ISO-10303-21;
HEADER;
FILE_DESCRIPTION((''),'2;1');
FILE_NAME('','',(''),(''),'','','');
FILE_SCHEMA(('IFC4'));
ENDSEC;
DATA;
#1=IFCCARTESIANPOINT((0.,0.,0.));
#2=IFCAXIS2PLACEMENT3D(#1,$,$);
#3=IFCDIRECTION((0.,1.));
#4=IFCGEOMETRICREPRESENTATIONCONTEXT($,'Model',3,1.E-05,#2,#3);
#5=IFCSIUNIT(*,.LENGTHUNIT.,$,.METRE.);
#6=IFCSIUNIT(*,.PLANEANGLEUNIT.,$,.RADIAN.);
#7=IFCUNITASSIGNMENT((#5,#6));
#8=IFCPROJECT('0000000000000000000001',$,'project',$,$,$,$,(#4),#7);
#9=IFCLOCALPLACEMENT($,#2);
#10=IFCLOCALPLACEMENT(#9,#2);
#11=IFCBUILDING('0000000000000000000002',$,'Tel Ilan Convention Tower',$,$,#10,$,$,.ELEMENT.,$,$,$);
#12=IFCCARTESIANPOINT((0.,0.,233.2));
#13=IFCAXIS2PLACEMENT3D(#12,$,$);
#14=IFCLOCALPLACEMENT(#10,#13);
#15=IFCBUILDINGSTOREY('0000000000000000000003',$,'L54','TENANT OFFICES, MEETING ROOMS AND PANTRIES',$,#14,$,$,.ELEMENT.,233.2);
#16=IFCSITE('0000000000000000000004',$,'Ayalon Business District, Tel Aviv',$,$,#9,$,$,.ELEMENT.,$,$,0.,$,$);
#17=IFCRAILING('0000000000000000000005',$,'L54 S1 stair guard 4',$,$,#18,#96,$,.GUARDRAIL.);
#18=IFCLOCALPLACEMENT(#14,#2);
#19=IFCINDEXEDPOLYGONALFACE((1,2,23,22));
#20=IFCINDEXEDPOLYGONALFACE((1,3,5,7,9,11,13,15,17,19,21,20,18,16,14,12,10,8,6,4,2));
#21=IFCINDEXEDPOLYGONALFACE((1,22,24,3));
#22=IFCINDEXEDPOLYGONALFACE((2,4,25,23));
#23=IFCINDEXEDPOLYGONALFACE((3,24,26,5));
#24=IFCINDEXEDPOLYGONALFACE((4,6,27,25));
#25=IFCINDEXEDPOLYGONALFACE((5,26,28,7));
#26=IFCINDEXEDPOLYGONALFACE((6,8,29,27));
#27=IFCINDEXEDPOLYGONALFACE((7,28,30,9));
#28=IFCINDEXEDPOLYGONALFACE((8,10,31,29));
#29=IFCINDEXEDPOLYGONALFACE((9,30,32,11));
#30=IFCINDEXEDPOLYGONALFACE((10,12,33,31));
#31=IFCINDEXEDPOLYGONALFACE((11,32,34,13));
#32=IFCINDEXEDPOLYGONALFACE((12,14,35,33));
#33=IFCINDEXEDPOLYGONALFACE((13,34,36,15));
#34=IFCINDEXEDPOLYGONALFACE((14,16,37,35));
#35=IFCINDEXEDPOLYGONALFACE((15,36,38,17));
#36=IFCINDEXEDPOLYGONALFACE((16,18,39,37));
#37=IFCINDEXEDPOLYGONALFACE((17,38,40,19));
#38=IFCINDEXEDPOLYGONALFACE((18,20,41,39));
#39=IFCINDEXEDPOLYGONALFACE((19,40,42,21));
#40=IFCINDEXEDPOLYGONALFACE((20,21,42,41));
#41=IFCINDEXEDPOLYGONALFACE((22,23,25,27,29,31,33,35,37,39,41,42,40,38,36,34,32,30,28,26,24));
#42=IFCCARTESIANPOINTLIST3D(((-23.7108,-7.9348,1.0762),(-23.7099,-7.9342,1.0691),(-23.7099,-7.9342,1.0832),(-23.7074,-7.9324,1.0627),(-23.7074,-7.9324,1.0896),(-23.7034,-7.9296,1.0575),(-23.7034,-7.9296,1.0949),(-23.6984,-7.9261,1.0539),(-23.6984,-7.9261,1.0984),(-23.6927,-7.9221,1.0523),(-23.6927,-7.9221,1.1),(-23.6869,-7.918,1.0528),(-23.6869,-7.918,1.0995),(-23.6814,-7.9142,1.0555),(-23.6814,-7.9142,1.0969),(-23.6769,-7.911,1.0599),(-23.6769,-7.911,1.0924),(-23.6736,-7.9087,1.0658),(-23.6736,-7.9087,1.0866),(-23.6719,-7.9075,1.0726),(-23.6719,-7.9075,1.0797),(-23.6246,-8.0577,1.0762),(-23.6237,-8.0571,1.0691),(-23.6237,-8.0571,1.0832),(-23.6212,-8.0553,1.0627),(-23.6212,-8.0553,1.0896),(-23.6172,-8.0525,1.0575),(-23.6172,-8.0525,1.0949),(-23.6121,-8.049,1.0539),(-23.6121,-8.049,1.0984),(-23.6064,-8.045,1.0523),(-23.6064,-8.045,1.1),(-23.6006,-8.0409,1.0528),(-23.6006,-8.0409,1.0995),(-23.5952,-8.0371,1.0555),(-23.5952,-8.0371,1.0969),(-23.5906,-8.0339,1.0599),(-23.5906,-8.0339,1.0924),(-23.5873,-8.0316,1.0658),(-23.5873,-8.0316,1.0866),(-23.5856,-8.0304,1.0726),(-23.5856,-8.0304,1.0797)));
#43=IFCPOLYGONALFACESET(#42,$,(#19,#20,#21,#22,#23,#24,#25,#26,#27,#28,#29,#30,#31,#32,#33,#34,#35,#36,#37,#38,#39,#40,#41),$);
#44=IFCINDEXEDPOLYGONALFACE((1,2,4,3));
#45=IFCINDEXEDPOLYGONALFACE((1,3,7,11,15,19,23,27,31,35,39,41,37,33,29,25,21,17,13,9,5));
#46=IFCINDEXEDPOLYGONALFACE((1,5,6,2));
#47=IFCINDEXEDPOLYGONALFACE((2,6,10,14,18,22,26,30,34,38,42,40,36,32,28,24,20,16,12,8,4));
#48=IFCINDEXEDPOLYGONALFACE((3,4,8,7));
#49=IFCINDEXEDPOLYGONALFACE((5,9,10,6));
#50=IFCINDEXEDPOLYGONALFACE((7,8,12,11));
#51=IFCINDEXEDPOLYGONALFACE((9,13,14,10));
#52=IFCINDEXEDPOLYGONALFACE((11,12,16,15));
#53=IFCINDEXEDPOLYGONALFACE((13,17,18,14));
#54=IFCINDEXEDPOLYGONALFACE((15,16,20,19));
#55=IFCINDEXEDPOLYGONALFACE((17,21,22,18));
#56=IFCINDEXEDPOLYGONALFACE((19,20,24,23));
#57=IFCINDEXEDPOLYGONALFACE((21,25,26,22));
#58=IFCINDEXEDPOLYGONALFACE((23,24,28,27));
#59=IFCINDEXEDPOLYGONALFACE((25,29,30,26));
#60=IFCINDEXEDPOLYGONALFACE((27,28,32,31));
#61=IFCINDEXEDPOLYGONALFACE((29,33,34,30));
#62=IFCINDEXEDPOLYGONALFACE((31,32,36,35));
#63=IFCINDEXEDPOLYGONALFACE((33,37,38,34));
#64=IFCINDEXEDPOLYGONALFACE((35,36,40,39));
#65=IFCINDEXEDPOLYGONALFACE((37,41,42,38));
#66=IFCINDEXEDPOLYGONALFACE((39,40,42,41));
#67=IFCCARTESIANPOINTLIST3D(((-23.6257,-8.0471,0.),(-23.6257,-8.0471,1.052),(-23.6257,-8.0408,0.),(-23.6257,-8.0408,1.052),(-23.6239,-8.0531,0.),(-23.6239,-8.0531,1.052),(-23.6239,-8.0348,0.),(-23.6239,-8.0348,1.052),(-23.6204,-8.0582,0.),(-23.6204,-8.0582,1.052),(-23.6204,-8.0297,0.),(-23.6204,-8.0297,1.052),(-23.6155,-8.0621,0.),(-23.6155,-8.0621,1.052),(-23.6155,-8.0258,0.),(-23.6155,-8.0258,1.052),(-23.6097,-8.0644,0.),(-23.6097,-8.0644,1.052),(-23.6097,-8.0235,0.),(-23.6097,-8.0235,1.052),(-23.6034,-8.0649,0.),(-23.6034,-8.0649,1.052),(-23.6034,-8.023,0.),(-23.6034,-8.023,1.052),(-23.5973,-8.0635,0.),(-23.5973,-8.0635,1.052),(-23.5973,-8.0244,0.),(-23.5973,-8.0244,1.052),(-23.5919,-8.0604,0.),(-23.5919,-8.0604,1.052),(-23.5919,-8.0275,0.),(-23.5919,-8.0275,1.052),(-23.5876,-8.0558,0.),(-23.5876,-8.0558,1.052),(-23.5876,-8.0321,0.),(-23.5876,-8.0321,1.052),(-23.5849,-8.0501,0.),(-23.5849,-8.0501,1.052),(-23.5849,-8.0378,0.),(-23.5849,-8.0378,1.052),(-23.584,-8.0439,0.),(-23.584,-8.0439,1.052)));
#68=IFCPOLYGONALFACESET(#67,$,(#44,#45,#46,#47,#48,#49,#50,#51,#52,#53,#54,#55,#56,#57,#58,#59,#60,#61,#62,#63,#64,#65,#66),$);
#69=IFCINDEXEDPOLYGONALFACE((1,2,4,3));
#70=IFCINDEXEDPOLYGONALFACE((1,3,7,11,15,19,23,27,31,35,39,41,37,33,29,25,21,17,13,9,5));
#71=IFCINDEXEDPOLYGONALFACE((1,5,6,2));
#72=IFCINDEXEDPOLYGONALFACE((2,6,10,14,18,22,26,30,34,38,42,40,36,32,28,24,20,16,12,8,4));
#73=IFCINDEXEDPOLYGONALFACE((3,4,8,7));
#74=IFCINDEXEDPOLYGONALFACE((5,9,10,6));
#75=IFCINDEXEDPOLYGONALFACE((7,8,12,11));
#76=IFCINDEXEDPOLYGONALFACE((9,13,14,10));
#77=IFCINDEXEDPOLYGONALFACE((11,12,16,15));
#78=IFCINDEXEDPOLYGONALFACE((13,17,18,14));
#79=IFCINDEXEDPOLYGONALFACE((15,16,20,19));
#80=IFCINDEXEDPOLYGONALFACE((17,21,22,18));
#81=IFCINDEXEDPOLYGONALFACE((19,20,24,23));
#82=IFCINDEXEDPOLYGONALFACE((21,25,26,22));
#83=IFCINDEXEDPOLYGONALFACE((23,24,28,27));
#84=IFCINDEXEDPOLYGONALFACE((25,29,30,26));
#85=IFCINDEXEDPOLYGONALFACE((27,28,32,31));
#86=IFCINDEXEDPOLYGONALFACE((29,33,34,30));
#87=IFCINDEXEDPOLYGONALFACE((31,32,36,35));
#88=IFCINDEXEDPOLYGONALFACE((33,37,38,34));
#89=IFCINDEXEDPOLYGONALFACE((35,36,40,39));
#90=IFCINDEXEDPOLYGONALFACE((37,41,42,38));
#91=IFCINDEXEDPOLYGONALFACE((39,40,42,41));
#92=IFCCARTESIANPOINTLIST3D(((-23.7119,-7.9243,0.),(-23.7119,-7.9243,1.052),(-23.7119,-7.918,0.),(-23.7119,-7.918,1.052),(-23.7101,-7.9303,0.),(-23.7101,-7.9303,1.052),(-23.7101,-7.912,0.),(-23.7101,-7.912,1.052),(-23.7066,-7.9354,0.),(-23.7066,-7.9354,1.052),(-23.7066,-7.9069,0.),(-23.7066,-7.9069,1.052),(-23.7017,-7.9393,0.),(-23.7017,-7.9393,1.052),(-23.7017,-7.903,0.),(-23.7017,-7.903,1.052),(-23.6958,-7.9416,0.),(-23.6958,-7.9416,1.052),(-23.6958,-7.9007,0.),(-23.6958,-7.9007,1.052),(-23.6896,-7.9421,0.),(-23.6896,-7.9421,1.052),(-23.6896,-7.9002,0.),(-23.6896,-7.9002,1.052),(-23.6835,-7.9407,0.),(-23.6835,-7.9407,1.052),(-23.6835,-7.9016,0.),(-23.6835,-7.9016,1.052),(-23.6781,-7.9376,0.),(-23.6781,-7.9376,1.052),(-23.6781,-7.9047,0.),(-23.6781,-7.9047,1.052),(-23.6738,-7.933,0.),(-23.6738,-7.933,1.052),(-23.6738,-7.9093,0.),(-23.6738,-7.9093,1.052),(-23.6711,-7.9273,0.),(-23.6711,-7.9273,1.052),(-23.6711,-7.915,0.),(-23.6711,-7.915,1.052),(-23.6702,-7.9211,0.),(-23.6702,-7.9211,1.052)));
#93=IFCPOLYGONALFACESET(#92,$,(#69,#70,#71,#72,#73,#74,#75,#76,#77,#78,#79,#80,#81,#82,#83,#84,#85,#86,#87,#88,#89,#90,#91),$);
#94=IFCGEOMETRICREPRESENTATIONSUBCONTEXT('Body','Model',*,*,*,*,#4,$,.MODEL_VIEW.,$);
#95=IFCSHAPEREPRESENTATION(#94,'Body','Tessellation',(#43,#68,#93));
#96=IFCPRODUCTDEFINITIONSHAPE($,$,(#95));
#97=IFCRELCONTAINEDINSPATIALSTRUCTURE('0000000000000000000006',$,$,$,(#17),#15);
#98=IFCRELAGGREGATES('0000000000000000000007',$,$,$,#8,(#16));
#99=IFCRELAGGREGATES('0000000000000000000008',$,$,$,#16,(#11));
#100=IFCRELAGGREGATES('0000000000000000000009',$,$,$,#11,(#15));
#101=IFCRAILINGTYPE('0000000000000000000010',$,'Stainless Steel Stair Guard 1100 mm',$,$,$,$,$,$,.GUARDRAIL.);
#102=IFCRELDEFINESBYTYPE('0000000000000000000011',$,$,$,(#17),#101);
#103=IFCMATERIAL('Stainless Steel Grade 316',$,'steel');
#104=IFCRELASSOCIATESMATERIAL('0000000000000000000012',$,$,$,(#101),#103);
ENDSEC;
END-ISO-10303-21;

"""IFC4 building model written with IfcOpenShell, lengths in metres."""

from ifc_helpers import new_model, si_unit, direction, frame, origin, origin_2d, place, context, subcontext, project, spatial, circle, extrude, material, type_object, element, save


model = new_model("IFC4")

# Units and contexts
model_context = context("Model", 3, precision=1e-05, world=origin(), true_north=direction((0.0, 1.0)))
body_context = subcontext(model_context, "Body", "Model", "MODEL_VIEW")
ifc_project = project(units=[si_unit("LENGTHUNIT", "METRE"), si_unit("PLANEANGLEUNIT", "RADIAN")], contexts=[model_context])

# Site, building, storey
site_placement = place(None, origin())
site = spatial("IfcSite", under=ifc_project, at=site_placement, Name="Ayalon Business District, Tel Aviv", CompositionType="ELEMENT", RefElevation=0.0)
building_placement = place(site_placement, origin())
building = spatial("IfcBuilding", under=site, at=building_placement, Name="Tel Ilan Convention Tower", CompositionType="ELEMENT")
storey_placement = place(building_placement, frame((0.0, 0.0, 233.2)))
storey = spatial("IfcBuildingStorey", under=building, at=storey_placement, Name="L54", Description="TENANT OFFICES, MEETING ROOMS AND PANTRIES", CompositionType="ELEMENT", Elevation=233.2)

# Railing
ifc_material_1 = material(Name="Stainless Steel Grade 316", Category="steel")
railing_type = type_object("IfcRailingType", Name="Stainless Steel Stair Guard 1100 mm", PredefinedType="GUARDRAIL", material=ifc_material_1)
railing_1_placement = place(storey_placement, frame((-23.605, -8.0439, 0.0)))
element("IfcRailing", 1, at=railing_1_placement, inside=storey, type_object=railing_type, Name="L54 S1 stair guard 4", PredefinedType="GUARDRAIL", context=body_context, shape_type="SweptSolid", body=[
    extrude(circle(Radius=0.0239, at=origin_2d()), frame((0.0, 0.0, 1.0762), z_axis=(-0.574445, 0.818543, 0.0), x_axis=(-0.818543, -0.574445, 0.0)), (0.0, 0.0, 1.0), 0.1501),
    extrude(circle(Radius=0.021, at=origin_2d()), origin(), (0.0, 0.0, 1.0), 1.052),
    extrude(circle(Radius=0.021, at=origin_2d()), frame((-0.0862, 0.1228, 0.0)), (0.0, 0.0, 1.0), 1.052),
])

save(model, "model.ifc")
